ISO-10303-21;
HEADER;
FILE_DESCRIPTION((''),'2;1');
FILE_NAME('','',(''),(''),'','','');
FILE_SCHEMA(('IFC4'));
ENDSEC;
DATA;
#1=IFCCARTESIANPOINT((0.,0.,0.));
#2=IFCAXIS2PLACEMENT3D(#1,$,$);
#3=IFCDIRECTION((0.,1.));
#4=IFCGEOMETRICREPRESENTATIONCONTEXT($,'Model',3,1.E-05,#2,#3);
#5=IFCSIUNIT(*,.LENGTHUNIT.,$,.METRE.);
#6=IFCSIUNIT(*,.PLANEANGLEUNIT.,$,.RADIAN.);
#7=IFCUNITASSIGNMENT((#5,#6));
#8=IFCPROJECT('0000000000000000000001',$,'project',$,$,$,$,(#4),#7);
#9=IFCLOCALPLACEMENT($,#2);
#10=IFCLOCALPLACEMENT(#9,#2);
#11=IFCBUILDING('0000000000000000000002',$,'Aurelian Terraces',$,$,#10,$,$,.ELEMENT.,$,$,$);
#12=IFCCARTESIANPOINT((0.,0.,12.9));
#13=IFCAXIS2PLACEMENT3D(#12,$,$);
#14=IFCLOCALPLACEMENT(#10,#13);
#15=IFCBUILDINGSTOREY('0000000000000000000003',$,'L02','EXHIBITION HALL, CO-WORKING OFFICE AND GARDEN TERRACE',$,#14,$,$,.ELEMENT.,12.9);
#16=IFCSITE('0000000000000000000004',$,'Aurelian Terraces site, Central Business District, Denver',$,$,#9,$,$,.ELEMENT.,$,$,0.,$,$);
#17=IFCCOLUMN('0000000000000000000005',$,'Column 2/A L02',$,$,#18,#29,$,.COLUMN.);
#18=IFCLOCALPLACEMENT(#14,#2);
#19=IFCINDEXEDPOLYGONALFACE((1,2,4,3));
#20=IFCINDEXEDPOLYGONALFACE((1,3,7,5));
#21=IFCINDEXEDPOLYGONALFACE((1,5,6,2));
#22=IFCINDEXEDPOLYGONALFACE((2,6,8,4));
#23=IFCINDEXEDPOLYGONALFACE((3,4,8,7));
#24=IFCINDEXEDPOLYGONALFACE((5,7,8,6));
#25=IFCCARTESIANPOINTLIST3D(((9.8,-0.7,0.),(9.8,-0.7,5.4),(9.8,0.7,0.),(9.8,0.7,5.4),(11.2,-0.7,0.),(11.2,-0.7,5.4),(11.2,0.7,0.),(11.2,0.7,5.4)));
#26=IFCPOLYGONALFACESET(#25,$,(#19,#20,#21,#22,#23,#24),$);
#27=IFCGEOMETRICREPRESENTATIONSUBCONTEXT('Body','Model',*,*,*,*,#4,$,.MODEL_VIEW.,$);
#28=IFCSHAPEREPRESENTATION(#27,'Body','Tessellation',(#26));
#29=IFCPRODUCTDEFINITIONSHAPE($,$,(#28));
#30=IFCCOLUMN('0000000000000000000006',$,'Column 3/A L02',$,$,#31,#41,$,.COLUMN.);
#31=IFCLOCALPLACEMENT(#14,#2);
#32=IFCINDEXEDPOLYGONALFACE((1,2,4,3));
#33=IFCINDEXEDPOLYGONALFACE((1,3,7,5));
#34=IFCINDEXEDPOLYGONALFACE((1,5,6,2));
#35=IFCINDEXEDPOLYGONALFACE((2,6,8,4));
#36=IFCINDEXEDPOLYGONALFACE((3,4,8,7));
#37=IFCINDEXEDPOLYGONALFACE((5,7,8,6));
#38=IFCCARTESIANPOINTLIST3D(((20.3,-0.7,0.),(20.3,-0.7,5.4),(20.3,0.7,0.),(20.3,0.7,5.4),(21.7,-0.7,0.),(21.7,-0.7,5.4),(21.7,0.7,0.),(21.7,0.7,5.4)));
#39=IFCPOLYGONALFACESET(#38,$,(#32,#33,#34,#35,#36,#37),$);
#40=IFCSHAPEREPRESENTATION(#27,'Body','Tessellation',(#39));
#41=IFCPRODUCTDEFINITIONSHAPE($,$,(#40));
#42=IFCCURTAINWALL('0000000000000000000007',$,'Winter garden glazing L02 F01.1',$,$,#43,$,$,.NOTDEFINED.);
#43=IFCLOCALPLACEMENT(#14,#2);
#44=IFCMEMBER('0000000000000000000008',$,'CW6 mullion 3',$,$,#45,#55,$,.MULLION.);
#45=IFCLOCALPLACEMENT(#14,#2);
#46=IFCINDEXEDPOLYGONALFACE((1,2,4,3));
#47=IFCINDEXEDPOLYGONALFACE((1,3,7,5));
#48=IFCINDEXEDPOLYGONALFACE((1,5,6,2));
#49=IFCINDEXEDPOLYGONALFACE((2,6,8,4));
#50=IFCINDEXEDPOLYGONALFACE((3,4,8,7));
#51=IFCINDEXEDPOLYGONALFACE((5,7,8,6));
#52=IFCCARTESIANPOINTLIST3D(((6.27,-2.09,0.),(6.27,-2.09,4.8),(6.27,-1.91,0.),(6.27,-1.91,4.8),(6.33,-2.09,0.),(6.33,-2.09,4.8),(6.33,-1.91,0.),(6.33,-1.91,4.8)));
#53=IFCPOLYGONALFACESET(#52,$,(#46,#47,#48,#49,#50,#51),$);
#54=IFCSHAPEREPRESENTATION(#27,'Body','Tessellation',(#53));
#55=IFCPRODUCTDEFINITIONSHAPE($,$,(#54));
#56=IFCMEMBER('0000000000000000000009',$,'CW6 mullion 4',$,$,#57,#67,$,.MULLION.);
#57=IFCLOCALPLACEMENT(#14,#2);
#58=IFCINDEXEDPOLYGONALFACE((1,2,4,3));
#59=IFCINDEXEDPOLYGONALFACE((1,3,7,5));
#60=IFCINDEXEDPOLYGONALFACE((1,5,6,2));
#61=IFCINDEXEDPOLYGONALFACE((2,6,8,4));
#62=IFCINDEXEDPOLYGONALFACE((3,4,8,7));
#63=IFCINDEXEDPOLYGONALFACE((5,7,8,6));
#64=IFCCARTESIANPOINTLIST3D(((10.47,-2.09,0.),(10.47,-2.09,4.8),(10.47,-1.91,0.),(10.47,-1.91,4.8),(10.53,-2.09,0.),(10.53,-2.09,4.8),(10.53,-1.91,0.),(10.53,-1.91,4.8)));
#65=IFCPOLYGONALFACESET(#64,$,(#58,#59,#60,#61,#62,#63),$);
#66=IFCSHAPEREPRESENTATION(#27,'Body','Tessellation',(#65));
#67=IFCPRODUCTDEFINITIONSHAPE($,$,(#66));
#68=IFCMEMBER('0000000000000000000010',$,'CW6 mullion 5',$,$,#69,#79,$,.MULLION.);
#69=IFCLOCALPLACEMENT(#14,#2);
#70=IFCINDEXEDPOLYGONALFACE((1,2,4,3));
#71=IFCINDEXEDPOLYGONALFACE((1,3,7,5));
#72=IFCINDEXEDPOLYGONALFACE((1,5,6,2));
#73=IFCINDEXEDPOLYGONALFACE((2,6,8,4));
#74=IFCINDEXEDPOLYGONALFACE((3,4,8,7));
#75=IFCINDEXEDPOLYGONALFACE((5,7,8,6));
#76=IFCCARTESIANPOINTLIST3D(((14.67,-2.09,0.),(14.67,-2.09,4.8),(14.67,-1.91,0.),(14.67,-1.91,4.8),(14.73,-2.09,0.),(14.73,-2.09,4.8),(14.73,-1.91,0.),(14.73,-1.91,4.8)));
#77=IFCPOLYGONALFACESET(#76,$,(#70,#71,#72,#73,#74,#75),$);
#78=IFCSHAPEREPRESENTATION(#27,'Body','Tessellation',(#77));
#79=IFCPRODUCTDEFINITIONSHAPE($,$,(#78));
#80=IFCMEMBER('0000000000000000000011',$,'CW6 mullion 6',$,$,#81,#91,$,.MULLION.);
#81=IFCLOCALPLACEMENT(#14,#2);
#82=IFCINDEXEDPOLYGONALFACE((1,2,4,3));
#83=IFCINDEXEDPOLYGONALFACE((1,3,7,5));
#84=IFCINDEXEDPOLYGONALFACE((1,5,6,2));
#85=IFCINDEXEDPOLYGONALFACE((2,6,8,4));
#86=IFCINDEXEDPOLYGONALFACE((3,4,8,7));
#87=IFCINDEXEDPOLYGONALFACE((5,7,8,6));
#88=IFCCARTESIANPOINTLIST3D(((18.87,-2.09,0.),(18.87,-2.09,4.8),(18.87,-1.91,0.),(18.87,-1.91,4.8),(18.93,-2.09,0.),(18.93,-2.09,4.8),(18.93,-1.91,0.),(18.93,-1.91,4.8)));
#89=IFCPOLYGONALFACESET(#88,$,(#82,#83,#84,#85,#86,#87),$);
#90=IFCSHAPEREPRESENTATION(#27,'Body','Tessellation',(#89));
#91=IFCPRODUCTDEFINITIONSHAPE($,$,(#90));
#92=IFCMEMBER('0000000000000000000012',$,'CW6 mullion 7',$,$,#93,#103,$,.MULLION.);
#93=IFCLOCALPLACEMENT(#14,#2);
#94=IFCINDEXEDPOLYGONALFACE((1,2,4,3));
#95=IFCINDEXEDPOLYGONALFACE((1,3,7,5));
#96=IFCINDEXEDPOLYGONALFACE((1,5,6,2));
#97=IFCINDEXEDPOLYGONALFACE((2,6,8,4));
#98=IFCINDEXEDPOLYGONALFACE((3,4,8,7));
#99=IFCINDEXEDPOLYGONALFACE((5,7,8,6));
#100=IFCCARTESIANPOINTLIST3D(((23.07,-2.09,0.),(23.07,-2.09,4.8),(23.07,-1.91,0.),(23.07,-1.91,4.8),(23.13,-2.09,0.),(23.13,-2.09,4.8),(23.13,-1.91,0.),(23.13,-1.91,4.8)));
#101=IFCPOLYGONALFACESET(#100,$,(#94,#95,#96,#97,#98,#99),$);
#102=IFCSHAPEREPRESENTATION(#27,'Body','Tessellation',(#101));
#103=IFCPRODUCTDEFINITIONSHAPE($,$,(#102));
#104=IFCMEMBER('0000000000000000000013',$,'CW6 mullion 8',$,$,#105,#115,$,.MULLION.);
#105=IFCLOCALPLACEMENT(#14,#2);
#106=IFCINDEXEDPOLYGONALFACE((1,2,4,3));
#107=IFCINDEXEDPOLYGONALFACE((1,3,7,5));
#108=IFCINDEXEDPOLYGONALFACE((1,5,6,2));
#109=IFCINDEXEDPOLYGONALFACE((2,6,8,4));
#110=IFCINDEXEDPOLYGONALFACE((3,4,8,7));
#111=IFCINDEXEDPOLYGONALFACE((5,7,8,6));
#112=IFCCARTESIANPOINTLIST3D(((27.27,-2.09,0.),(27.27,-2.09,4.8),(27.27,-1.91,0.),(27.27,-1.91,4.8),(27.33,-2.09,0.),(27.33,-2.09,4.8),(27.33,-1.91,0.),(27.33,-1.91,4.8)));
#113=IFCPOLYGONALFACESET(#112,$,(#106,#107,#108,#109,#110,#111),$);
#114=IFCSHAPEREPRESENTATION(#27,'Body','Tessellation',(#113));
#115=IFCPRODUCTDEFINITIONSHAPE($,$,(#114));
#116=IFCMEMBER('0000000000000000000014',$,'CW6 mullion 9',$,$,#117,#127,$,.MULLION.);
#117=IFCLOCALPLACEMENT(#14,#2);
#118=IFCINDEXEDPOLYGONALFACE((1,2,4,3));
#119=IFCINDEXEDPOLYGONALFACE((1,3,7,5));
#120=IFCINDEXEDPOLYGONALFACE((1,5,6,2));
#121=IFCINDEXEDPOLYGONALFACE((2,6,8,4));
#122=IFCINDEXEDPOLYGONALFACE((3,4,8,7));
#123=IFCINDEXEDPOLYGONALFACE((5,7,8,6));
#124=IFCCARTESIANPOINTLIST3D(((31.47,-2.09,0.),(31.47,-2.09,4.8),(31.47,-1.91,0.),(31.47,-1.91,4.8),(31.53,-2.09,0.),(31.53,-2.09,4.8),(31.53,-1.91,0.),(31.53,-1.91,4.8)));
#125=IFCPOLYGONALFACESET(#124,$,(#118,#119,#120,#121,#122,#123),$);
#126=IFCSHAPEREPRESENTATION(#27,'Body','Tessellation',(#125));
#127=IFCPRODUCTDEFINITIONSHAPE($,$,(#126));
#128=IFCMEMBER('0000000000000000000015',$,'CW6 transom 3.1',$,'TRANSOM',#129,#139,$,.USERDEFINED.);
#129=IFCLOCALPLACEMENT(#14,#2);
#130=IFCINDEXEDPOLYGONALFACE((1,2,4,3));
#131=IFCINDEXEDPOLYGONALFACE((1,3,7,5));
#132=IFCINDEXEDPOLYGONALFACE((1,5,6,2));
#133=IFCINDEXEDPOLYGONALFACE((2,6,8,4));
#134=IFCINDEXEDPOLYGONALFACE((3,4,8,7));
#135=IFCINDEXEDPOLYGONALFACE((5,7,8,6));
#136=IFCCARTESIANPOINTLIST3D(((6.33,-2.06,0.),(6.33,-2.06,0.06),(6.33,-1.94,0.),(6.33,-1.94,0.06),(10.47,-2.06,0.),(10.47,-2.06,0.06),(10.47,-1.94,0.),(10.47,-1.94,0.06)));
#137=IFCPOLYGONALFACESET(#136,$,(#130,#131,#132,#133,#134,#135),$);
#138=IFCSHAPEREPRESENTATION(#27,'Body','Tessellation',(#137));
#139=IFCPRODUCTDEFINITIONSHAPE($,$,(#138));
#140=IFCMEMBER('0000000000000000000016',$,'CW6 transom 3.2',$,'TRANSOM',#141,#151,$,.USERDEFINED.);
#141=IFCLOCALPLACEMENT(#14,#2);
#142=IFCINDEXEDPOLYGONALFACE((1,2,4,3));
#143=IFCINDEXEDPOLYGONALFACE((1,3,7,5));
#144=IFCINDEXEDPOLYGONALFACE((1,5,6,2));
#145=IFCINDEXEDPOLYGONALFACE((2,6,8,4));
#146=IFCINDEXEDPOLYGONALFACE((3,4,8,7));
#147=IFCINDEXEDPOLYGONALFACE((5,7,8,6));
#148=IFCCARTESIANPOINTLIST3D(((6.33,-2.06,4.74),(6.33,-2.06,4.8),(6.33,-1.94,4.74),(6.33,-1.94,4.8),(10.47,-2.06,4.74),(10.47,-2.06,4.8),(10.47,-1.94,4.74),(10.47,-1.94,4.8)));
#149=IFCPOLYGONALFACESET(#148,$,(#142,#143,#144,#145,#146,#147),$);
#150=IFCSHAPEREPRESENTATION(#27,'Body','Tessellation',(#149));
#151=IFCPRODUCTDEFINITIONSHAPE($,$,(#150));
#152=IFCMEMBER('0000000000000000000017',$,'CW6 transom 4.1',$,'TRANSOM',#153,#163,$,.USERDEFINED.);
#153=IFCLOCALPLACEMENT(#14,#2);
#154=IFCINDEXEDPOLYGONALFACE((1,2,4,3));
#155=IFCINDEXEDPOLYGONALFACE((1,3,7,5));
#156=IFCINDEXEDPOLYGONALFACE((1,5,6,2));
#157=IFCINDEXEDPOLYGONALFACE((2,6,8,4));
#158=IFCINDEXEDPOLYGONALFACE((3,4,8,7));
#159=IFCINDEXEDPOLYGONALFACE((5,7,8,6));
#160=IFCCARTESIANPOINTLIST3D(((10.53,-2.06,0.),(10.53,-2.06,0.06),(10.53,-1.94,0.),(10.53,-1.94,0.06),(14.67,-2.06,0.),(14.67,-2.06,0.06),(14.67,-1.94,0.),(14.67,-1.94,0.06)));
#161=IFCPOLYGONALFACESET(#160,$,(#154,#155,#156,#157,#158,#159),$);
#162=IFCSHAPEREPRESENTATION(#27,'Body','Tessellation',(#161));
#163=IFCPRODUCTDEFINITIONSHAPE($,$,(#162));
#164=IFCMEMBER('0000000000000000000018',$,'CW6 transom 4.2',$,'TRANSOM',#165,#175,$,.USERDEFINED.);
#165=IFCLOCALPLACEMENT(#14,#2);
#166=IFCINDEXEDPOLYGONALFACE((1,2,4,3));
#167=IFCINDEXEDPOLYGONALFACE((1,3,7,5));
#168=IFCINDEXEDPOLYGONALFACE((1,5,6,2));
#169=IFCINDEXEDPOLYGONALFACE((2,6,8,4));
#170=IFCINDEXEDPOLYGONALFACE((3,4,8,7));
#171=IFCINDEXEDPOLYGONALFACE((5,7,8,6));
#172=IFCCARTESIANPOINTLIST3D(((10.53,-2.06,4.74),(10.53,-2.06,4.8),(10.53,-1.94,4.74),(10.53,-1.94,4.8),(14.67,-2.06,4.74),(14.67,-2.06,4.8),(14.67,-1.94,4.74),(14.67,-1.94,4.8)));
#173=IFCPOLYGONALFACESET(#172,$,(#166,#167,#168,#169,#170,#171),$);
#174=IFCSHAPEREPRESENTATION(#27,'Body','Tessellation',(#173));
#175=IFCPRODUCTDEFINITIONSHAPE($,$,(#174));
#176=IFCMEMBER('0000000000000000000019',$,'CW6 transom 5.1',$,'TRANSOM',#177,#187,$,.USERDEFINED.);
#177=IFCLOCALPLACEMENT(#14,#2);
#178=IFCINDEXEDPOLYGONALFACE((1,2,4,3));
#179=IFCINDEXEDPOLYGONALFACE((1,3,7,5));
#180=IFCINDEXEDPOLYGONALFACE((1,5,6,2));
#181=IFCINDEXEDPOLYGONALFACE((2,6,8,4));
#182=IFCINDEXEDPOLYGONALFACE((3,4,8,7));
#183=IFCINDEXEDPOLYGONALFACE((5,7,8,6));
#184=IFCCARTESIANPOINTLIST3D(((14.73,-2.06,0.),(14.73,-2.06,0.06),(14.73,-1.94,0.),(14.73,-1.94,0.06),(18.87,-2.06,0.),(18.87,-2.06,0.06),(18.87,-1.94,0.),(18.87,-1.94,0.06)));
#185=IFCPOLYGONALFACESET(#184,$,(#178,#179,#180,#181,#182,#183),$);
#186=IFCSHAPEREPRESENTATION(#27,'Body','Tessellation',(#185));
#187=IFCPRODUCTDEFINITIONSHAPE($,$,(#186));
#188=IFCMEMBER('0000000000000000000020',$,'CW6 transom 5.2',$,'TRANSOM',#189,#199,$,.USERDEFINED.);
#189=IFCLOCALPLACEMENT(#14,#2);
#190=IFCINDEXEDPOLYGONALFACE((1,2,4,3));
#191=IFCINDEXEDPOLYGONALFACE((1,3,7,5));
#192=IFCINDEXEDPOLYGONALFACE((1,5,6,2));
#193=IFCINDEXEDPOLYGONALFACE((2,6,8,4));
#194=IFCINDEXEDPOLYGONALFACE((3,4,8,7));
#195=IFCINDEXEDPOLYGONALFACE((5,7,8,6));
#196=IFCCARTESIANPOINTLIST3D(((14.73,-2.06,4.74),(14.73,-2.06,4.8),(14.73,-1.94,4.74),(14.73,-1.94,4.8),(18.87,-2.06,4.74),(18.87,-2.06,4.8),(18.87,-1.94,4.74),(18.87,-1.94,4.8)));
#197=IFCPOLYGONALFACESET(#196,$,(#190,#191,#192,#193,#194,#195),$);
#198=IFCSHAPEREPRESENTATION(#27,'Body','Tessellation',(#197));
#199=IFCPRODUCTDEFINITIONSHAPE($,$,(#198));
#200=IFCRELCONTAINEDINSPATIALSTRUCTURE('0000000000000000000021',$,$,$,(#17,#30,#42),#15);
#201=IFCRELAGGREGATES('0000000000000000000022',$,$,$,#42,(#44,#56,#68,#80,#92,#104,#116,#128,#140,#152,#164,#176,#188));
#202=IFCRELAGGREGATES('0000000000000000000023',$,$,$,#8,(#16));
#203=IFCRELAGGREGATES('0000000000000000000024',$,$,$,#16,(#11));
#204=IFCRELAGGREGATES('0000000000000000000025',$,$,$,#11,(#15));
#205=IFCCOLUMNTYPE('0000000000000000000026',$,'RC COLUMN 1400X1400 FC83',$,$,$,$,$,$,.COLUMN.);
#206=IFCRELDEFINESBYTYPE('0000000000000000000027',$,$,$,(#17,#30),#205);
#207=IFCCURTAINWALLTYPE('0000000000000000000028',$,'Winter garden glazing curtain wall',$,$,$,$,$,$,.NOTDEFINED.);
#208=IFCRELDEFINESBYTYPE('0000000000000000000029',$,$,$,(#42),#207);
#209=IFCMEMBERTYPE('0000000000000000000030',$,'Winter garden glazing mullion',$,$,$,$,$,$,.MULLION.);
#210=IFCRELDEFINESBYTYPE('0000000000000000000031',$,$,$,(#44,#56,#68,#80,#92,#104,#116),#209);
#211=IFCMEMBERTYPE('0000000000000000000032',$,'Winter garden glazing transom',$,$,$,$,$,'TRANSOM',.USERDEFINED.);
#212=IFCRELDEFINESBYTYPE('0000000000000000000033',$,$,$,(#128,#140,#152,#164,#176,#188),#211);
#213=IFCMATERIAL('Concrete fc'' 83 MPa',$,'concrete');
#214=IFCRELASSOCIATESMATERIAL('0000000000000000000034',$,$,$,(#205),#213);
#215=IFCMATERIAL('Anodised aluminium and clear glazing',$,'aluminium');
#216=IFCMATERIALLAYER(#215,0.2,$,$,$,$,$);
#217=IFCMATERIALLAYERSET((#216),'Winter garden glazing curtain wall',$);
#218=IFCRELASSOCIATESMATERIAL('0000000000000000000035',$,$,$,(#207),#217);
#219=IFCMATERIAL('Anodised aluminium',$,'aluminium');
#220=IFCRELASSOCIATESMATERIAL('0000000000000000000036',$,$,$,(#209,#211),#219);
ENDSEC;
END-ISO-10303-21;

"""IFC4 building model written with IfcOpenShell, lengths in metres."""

from ifc_helpers import new_model, si_unit, direction, frame, origin, origin_2d, place, context, subcontext, project, spatial, rectangle, extrude, source, transform, mapped, material, layer, layer_set, material_profile, profile_set, type_object, element, aggregate, save


model = new_model("IFC4")

# Units and contexts
model_context = context("Model", 3, precision=1e-05, world=origin(), true_north=direction((0.0, 1.0)))
body_context = subcontext(model_context, "Body", "Model", "MODEL_VIEW")
ifc_project = project(units=[si_unit("LENGTHUNIT", "METRE"), si_unit("PLANEANGLEUNIT", "RADIAN")], contexts=[model_context])

# Site, building, storey
site_placement = place(None, origin())
site = spatial("IfcSite", under=ifc_project, at=site_placement, Name="Aurelian Terraces site, Central Business District, Denver", CompositionType="ELEMENT", RefElevation=0.0)
building_placement = place(site_placement, origin())
building = spatial("IfcBuilding", under=site, at=building_placement, Name="Aurelian Terraces", CompositionType="ELEMENT")
storey_placement = place(building_placement, frame((0.0, 0.0, 12.9)))
storey = spatial("IfcBuildingStorey", under=building, at=storey_placement, Name="L02", Description="EXHIBITION HALL, CO-WORKING OFFICE AND GARDEN TERRACE", CompositionType="ELEMENT", Elevation=12.9)

# Columns
ifc_material_1 = material(Name="Concrete fc' 83 MPa", Category="concrete")
ifc_material_profile_1 = material_profile(ifc_material_1, rectangle(XDim=1.4, YDim=1.4, at=origin_2d()))
ifc_profile_set_1 = profile_set([ifc_material_profile_1], Name="Concrete fc' 83 MPa")
column_type = type_object("IfcColumnType", Name="RC COLUMN 1400X1400 FC83", PredefinedType="COLUMN", material=ifc_profile_set_1)
shared_shape_1 = source(origin(), body_context, "Body", "SweptSolid", [
    extrude(rectangle(XDim=1.4, YDim=1.4, at=origin_2d()), origin(), (0.0, 0.0, 1.0), 5.4),
])
for number, where, z_axis, x_axis, name in (
    (1, (10.5, 0.0, 0.0), (0.0, 0.0, 1.0), (1.0, 0.0, 0.0), "Column 2/A L02"),
    (2, (21.0, 0.0, 0.0), (0.0, 0.0, 1.0), (1.0, 0.0, 0.0), "Column 3/A L02"),
):
    element("IfcColumn", number, at=place(storey_placement, frame(where, z_axis=z_axis, x_axis=x_axis)), inside=storey, type_object=column_type, Name=name, PredefinedType="COLUMN", context=body_context, shape_type="MappedRepresentation", body=[
        mapped(shared_shape_1, transform((0.0, 0.0, 0.0), scale=1.0)),
    ])

# Curtain wall, members
ifc_material_2 = material(Name="Anodised aluminium and clear glazing", Category="aluminium")
ifc_layer_1 = layer(ifc_material_2, 0.2)
ifc_layer_set_1 = layer_set([ifc_layer_1], Name="Winter garden glazing curtain wall")
curtain_wall_type = type_object("IfcCurtainWallType", Name="Winter garden glazing curtain wall", PredefinedType="NOTDEFINED", material=ifc_layer_set_1)
curtain_wall_placement = place(storey_placement, origin())
curtain_wall = element("IfcCurtainWall", 3, at=curtain_wall_placement, inside=storey, type_object=curtain_wall_type, Name="Winter garden glazing L02 F01.1", PredefinedType="NOTDEFINED")
ifc_material_3 = material(Name="Anodised aluminium", Category="aluminium")
ifc_material_profile_2 = material_profile(ifc_material_3, rectangle(XDim=0.18, YDim=0.06, at=origin_2d()))
ifc_profile_set_2 = profile_set([ifc_material_profile_2], Name="Anodised aluminium")
member_type_1 = type_object("IfcMemberType", Name="Winter garden glazing mullion", PredefinedType="MULLION", material=ifc_profile_set_2)
shared_shape_2 = source(origin(), body_context, "Body", "SweptSolid", [
    extrude(rectangle(XDim=0.18, YDim=0.06, at=origin_2d()), origin(), (0.0, 0.0, 1.0), 4.8),
])
member_1_placement = place(storey_placement, frame((6.3, -2.0, 0.0), z_axis=(0.0, 0.0, 1.0), x_axis=(0.0, 1.0, 0.0)))
member_1 = element("IfcMember", 4, at=member_1_placement, type_object=member_type_1, Name="CW6 mullion 3", PredefinedType="MULLION", context=body_context, shape_type="MappedRepresentation", body=[
    mapped(shared_shape_2, transform((0.0, 0.0, 0.0), scale=1.0)),
])
member_2_placement = place(storey_placement, frame((10.5, -2.0, 0.0), z_axis=(0.0, 0.0, 1.0), x_axis=(0.0, 1.0, 0.0)))
member_2 = element("IfcMember", 5, at=member_2_placement, type_object=member_type_1, Name="CW6 mullion 4", PredefinedType="MULLION", context=body_context, shape_type="MappedRepresentation", body=[
    mapped(shared_shape_2, transform((0.0, 0.0, 0.0), scale=1.0)),
])
member_3_placement = place(storey_placement, frame((14.7, -2.0, 0.0), z_axis=(0.0, 0.0, 1.0), x_axis=(0.0, 1.0, 0.0)))
member_3 = element("IfcMember", 6, at=member_3_placement, type_object=member_type_1, Name="CW6 mullion 5", PredefinedType="MULLION", context=body_context, shape_type="MappedRepresentation", body=[
    mapped(shared_shape_2, transform((0.0, 0.0, 0.0), scale=1.0)),
])
member_4_placement = place(storey_placement, frame((18.9, -2.0, 0.0), z_axis=(0.0, 0.0, 1.0), x_axis=(0.0, 1.0, 0.0)))
member_4 = element("IfcMember", 7, at=member_4_placement, type_object=member_type_1, Name="CW6 mullion 6", PredefinedType="MULLION", context=body_context, shape_type="MappedRepresentation", body=[
    mapped(shared_shape_2, transform((0.0, 0.0, 0.0), scale=1.0)),
])
member_5_placement = place(storey_placement, frame((23.1, -2.0, 0.0), z_axis=(0.0, 0.0, 1.0), x_axis=(0.0, 1.0, 0.0)))
member_5 = element("IfcMember", 8, at=member_5_placement, type_object=member_type_1, Name="CW6 mullion 7", PredefinedType="MULLION", context=body_context, shape_type="MappedRepresentation", body=[
    mapped(shared_shape_2, transform((0.0, 0.0, 0.0), scale=1.0)),
])
member_6_placement = place(storey_placement, frame((27.3, -2.0, 0.0), z_axis=(0.0, 0.0, 1.0), x_axis=(0.0, 1.0, 0.0)))
member_6 = element("IfcMember", 9, at=member_6_placement, type_object=member_type_1, Name="CW6 mullion 8", PredefinedType="MULLION", context=body_context, shape_type="MappedRepresentation", body=[
    mapped(shared_shape_2, transform((0.0, 0.0, 0.0), scale=1.0)),
])
member_7_placement = place(storey_placement, frame((31.5, -2.0, 0.0), z_axis=(0.0, 0.0, 1.0), x_axis=(0.0, 1.0, 0.0)))
member_7 = element("IfcMember", 10, at=member_7_placement, type_object=member_type_1, Name="CW6 mullion 9", PredefinedType="MULLION", context=body_context, shape_type="MappedRepresentation", body=[
    mapped(shared_shape_2, transform((0.0, 0.0, 0.0), scale=1.0)),
])
ifc_material_profile_3 = material_profile(ifc_material_3, rectangle(XDim=0.12, YDim=0.06, at=origin_2d()))
ifc_profile_set_3 = profile_set([ifc_material_profile_3], Name="Anodised aluminium")
member_type_2 = type_object("IfcMemberType", Name="Winter garden glazing transom", ElementType="TRANSOM", PredefinedType="USERDEFINED", material=ifc_profile_set_3)
shared_shape_3 = source(origin(), body_context, "Body", "SweptSolid", [
    extrude(rectangle(XDim=0.12, YDim=0.06, at=origin_2d()), origin(), (0.0, 0.0, 1.0), 4.14),
])
member_8_placement = place(storey_placement, frame((6.33, -2.0, 0.03), z_axis=(1.0, 0.0, 0.0), x_axis=(0.0, 1.0, 0.0)))
member_8 = element("IfcMember", 11, at=member_8_placement, type_object=member_type_2, Name="CW6 transom 3.1", ObjectType="TRANSOM", PredefinedType="USERDEFINED", context=body_context, shape_type="MappedRepresentation", body=[
    mapped(shared_shape_3, transform((0.0, 0.0, 0.0), scale=1.0)),
])
member_9_placement = place(storey_placement, frame((6.33, -2.0, 4.77), z_axis=(1.0, 0.0, 0.0), x_axis=(0.0, 1.0, 0.0)))
member_9 = element("IfcMember", 12, at=member_9_placement, type_object=member_type_2, Name="CW6 transom 3.2", ObjectType="TRANSOM", PredefinedType="USERDEFINED", context=body_context, shape_type="MappedRepresentation", body=[
    mapped(shared_shape_3, transform((0.0, 0.0, 0.0), scale=1.0)),
])
member_10_placement = place(storey_placement, frame((10.53, -2.0, 0.03), z_axis=(1.0, 0.0, 0.0), x_axis=(0.0, 1.0, 0.0)))
member_10 = element("IfcMember", 13, at=member_10_placement, type_object=member_type_2, Name="CW6 transom 4.1", ObjectType="TRANSOM", PredefinedType="USERDEFINED", context=body_context, shape_type="MappedRepresentation", body=[
    mapped(shared_shape_3, transform((0.0, 0.0, 0.0), scale=1.0)),
])
member_11_placement = place(storey_placement, frame((10.53, -2.0, 4.77), z_axis=(1.0, 0.0, 0.0), x_axis=(0.0, 1.0, 0.0)))
member_11 = element("IfcMember", 14, at=member_11_placement, type_object=member_type_2, Name="CW6 transom 4.2", ObjectType="TRANSOM", PredefinedType="USERDEFINED", context=body_context, shape_type="MappedRepresentation", body=[
    mapped(shared_shape_3, transform((0.0, 0.0, 0.0), scale=1.0)),
])
member_12_placement = place(storey_placement, frame((14.73, -2.0, 0.03), z_axis=(1.0, 0.0, 0.0), x_axis=(0.0, 1.0, 0.0)))
member_12 = element("IfcMember", 15, at=member_12_placement, type_object=member_type_2, Name="CW6 transom 5.1", ObjectType="TRANSOM", PredefinedType="USERDEFINED", context=body_context, shape_type="MappedRepresentation", body=[
    mapped(shared_shape_3, transform((0.0, 0.0, 0.0), scale=1.0)),
])
member_13_placement = place(storey_placement, frame((14.73, -2.0, 4.77), z_axis=(1.0, 0.0, 0.0), x_axis=(0.0, 1.0, 0.0)))
member_13 = element("IfcMember", 16, at=member_13_placement, type_object=member_type_2, Name="CW6 transom 5.2", ObjectType="TRANSOM", PredefinedType="USERDEFINED", context=body_context, shape_type="MappedRepresentation", body=[
    mapped(shared_shape_3, transform((0.0, 0.0, 0.0), scale=1.0)),
])
aggregate(curtain_wall, [member_1, member_2, member_3, member_4, member_5, member_6, member_7, member_8, member_9, member_10, member_11, member_12, member_13])

save(model, "model.ifc")
